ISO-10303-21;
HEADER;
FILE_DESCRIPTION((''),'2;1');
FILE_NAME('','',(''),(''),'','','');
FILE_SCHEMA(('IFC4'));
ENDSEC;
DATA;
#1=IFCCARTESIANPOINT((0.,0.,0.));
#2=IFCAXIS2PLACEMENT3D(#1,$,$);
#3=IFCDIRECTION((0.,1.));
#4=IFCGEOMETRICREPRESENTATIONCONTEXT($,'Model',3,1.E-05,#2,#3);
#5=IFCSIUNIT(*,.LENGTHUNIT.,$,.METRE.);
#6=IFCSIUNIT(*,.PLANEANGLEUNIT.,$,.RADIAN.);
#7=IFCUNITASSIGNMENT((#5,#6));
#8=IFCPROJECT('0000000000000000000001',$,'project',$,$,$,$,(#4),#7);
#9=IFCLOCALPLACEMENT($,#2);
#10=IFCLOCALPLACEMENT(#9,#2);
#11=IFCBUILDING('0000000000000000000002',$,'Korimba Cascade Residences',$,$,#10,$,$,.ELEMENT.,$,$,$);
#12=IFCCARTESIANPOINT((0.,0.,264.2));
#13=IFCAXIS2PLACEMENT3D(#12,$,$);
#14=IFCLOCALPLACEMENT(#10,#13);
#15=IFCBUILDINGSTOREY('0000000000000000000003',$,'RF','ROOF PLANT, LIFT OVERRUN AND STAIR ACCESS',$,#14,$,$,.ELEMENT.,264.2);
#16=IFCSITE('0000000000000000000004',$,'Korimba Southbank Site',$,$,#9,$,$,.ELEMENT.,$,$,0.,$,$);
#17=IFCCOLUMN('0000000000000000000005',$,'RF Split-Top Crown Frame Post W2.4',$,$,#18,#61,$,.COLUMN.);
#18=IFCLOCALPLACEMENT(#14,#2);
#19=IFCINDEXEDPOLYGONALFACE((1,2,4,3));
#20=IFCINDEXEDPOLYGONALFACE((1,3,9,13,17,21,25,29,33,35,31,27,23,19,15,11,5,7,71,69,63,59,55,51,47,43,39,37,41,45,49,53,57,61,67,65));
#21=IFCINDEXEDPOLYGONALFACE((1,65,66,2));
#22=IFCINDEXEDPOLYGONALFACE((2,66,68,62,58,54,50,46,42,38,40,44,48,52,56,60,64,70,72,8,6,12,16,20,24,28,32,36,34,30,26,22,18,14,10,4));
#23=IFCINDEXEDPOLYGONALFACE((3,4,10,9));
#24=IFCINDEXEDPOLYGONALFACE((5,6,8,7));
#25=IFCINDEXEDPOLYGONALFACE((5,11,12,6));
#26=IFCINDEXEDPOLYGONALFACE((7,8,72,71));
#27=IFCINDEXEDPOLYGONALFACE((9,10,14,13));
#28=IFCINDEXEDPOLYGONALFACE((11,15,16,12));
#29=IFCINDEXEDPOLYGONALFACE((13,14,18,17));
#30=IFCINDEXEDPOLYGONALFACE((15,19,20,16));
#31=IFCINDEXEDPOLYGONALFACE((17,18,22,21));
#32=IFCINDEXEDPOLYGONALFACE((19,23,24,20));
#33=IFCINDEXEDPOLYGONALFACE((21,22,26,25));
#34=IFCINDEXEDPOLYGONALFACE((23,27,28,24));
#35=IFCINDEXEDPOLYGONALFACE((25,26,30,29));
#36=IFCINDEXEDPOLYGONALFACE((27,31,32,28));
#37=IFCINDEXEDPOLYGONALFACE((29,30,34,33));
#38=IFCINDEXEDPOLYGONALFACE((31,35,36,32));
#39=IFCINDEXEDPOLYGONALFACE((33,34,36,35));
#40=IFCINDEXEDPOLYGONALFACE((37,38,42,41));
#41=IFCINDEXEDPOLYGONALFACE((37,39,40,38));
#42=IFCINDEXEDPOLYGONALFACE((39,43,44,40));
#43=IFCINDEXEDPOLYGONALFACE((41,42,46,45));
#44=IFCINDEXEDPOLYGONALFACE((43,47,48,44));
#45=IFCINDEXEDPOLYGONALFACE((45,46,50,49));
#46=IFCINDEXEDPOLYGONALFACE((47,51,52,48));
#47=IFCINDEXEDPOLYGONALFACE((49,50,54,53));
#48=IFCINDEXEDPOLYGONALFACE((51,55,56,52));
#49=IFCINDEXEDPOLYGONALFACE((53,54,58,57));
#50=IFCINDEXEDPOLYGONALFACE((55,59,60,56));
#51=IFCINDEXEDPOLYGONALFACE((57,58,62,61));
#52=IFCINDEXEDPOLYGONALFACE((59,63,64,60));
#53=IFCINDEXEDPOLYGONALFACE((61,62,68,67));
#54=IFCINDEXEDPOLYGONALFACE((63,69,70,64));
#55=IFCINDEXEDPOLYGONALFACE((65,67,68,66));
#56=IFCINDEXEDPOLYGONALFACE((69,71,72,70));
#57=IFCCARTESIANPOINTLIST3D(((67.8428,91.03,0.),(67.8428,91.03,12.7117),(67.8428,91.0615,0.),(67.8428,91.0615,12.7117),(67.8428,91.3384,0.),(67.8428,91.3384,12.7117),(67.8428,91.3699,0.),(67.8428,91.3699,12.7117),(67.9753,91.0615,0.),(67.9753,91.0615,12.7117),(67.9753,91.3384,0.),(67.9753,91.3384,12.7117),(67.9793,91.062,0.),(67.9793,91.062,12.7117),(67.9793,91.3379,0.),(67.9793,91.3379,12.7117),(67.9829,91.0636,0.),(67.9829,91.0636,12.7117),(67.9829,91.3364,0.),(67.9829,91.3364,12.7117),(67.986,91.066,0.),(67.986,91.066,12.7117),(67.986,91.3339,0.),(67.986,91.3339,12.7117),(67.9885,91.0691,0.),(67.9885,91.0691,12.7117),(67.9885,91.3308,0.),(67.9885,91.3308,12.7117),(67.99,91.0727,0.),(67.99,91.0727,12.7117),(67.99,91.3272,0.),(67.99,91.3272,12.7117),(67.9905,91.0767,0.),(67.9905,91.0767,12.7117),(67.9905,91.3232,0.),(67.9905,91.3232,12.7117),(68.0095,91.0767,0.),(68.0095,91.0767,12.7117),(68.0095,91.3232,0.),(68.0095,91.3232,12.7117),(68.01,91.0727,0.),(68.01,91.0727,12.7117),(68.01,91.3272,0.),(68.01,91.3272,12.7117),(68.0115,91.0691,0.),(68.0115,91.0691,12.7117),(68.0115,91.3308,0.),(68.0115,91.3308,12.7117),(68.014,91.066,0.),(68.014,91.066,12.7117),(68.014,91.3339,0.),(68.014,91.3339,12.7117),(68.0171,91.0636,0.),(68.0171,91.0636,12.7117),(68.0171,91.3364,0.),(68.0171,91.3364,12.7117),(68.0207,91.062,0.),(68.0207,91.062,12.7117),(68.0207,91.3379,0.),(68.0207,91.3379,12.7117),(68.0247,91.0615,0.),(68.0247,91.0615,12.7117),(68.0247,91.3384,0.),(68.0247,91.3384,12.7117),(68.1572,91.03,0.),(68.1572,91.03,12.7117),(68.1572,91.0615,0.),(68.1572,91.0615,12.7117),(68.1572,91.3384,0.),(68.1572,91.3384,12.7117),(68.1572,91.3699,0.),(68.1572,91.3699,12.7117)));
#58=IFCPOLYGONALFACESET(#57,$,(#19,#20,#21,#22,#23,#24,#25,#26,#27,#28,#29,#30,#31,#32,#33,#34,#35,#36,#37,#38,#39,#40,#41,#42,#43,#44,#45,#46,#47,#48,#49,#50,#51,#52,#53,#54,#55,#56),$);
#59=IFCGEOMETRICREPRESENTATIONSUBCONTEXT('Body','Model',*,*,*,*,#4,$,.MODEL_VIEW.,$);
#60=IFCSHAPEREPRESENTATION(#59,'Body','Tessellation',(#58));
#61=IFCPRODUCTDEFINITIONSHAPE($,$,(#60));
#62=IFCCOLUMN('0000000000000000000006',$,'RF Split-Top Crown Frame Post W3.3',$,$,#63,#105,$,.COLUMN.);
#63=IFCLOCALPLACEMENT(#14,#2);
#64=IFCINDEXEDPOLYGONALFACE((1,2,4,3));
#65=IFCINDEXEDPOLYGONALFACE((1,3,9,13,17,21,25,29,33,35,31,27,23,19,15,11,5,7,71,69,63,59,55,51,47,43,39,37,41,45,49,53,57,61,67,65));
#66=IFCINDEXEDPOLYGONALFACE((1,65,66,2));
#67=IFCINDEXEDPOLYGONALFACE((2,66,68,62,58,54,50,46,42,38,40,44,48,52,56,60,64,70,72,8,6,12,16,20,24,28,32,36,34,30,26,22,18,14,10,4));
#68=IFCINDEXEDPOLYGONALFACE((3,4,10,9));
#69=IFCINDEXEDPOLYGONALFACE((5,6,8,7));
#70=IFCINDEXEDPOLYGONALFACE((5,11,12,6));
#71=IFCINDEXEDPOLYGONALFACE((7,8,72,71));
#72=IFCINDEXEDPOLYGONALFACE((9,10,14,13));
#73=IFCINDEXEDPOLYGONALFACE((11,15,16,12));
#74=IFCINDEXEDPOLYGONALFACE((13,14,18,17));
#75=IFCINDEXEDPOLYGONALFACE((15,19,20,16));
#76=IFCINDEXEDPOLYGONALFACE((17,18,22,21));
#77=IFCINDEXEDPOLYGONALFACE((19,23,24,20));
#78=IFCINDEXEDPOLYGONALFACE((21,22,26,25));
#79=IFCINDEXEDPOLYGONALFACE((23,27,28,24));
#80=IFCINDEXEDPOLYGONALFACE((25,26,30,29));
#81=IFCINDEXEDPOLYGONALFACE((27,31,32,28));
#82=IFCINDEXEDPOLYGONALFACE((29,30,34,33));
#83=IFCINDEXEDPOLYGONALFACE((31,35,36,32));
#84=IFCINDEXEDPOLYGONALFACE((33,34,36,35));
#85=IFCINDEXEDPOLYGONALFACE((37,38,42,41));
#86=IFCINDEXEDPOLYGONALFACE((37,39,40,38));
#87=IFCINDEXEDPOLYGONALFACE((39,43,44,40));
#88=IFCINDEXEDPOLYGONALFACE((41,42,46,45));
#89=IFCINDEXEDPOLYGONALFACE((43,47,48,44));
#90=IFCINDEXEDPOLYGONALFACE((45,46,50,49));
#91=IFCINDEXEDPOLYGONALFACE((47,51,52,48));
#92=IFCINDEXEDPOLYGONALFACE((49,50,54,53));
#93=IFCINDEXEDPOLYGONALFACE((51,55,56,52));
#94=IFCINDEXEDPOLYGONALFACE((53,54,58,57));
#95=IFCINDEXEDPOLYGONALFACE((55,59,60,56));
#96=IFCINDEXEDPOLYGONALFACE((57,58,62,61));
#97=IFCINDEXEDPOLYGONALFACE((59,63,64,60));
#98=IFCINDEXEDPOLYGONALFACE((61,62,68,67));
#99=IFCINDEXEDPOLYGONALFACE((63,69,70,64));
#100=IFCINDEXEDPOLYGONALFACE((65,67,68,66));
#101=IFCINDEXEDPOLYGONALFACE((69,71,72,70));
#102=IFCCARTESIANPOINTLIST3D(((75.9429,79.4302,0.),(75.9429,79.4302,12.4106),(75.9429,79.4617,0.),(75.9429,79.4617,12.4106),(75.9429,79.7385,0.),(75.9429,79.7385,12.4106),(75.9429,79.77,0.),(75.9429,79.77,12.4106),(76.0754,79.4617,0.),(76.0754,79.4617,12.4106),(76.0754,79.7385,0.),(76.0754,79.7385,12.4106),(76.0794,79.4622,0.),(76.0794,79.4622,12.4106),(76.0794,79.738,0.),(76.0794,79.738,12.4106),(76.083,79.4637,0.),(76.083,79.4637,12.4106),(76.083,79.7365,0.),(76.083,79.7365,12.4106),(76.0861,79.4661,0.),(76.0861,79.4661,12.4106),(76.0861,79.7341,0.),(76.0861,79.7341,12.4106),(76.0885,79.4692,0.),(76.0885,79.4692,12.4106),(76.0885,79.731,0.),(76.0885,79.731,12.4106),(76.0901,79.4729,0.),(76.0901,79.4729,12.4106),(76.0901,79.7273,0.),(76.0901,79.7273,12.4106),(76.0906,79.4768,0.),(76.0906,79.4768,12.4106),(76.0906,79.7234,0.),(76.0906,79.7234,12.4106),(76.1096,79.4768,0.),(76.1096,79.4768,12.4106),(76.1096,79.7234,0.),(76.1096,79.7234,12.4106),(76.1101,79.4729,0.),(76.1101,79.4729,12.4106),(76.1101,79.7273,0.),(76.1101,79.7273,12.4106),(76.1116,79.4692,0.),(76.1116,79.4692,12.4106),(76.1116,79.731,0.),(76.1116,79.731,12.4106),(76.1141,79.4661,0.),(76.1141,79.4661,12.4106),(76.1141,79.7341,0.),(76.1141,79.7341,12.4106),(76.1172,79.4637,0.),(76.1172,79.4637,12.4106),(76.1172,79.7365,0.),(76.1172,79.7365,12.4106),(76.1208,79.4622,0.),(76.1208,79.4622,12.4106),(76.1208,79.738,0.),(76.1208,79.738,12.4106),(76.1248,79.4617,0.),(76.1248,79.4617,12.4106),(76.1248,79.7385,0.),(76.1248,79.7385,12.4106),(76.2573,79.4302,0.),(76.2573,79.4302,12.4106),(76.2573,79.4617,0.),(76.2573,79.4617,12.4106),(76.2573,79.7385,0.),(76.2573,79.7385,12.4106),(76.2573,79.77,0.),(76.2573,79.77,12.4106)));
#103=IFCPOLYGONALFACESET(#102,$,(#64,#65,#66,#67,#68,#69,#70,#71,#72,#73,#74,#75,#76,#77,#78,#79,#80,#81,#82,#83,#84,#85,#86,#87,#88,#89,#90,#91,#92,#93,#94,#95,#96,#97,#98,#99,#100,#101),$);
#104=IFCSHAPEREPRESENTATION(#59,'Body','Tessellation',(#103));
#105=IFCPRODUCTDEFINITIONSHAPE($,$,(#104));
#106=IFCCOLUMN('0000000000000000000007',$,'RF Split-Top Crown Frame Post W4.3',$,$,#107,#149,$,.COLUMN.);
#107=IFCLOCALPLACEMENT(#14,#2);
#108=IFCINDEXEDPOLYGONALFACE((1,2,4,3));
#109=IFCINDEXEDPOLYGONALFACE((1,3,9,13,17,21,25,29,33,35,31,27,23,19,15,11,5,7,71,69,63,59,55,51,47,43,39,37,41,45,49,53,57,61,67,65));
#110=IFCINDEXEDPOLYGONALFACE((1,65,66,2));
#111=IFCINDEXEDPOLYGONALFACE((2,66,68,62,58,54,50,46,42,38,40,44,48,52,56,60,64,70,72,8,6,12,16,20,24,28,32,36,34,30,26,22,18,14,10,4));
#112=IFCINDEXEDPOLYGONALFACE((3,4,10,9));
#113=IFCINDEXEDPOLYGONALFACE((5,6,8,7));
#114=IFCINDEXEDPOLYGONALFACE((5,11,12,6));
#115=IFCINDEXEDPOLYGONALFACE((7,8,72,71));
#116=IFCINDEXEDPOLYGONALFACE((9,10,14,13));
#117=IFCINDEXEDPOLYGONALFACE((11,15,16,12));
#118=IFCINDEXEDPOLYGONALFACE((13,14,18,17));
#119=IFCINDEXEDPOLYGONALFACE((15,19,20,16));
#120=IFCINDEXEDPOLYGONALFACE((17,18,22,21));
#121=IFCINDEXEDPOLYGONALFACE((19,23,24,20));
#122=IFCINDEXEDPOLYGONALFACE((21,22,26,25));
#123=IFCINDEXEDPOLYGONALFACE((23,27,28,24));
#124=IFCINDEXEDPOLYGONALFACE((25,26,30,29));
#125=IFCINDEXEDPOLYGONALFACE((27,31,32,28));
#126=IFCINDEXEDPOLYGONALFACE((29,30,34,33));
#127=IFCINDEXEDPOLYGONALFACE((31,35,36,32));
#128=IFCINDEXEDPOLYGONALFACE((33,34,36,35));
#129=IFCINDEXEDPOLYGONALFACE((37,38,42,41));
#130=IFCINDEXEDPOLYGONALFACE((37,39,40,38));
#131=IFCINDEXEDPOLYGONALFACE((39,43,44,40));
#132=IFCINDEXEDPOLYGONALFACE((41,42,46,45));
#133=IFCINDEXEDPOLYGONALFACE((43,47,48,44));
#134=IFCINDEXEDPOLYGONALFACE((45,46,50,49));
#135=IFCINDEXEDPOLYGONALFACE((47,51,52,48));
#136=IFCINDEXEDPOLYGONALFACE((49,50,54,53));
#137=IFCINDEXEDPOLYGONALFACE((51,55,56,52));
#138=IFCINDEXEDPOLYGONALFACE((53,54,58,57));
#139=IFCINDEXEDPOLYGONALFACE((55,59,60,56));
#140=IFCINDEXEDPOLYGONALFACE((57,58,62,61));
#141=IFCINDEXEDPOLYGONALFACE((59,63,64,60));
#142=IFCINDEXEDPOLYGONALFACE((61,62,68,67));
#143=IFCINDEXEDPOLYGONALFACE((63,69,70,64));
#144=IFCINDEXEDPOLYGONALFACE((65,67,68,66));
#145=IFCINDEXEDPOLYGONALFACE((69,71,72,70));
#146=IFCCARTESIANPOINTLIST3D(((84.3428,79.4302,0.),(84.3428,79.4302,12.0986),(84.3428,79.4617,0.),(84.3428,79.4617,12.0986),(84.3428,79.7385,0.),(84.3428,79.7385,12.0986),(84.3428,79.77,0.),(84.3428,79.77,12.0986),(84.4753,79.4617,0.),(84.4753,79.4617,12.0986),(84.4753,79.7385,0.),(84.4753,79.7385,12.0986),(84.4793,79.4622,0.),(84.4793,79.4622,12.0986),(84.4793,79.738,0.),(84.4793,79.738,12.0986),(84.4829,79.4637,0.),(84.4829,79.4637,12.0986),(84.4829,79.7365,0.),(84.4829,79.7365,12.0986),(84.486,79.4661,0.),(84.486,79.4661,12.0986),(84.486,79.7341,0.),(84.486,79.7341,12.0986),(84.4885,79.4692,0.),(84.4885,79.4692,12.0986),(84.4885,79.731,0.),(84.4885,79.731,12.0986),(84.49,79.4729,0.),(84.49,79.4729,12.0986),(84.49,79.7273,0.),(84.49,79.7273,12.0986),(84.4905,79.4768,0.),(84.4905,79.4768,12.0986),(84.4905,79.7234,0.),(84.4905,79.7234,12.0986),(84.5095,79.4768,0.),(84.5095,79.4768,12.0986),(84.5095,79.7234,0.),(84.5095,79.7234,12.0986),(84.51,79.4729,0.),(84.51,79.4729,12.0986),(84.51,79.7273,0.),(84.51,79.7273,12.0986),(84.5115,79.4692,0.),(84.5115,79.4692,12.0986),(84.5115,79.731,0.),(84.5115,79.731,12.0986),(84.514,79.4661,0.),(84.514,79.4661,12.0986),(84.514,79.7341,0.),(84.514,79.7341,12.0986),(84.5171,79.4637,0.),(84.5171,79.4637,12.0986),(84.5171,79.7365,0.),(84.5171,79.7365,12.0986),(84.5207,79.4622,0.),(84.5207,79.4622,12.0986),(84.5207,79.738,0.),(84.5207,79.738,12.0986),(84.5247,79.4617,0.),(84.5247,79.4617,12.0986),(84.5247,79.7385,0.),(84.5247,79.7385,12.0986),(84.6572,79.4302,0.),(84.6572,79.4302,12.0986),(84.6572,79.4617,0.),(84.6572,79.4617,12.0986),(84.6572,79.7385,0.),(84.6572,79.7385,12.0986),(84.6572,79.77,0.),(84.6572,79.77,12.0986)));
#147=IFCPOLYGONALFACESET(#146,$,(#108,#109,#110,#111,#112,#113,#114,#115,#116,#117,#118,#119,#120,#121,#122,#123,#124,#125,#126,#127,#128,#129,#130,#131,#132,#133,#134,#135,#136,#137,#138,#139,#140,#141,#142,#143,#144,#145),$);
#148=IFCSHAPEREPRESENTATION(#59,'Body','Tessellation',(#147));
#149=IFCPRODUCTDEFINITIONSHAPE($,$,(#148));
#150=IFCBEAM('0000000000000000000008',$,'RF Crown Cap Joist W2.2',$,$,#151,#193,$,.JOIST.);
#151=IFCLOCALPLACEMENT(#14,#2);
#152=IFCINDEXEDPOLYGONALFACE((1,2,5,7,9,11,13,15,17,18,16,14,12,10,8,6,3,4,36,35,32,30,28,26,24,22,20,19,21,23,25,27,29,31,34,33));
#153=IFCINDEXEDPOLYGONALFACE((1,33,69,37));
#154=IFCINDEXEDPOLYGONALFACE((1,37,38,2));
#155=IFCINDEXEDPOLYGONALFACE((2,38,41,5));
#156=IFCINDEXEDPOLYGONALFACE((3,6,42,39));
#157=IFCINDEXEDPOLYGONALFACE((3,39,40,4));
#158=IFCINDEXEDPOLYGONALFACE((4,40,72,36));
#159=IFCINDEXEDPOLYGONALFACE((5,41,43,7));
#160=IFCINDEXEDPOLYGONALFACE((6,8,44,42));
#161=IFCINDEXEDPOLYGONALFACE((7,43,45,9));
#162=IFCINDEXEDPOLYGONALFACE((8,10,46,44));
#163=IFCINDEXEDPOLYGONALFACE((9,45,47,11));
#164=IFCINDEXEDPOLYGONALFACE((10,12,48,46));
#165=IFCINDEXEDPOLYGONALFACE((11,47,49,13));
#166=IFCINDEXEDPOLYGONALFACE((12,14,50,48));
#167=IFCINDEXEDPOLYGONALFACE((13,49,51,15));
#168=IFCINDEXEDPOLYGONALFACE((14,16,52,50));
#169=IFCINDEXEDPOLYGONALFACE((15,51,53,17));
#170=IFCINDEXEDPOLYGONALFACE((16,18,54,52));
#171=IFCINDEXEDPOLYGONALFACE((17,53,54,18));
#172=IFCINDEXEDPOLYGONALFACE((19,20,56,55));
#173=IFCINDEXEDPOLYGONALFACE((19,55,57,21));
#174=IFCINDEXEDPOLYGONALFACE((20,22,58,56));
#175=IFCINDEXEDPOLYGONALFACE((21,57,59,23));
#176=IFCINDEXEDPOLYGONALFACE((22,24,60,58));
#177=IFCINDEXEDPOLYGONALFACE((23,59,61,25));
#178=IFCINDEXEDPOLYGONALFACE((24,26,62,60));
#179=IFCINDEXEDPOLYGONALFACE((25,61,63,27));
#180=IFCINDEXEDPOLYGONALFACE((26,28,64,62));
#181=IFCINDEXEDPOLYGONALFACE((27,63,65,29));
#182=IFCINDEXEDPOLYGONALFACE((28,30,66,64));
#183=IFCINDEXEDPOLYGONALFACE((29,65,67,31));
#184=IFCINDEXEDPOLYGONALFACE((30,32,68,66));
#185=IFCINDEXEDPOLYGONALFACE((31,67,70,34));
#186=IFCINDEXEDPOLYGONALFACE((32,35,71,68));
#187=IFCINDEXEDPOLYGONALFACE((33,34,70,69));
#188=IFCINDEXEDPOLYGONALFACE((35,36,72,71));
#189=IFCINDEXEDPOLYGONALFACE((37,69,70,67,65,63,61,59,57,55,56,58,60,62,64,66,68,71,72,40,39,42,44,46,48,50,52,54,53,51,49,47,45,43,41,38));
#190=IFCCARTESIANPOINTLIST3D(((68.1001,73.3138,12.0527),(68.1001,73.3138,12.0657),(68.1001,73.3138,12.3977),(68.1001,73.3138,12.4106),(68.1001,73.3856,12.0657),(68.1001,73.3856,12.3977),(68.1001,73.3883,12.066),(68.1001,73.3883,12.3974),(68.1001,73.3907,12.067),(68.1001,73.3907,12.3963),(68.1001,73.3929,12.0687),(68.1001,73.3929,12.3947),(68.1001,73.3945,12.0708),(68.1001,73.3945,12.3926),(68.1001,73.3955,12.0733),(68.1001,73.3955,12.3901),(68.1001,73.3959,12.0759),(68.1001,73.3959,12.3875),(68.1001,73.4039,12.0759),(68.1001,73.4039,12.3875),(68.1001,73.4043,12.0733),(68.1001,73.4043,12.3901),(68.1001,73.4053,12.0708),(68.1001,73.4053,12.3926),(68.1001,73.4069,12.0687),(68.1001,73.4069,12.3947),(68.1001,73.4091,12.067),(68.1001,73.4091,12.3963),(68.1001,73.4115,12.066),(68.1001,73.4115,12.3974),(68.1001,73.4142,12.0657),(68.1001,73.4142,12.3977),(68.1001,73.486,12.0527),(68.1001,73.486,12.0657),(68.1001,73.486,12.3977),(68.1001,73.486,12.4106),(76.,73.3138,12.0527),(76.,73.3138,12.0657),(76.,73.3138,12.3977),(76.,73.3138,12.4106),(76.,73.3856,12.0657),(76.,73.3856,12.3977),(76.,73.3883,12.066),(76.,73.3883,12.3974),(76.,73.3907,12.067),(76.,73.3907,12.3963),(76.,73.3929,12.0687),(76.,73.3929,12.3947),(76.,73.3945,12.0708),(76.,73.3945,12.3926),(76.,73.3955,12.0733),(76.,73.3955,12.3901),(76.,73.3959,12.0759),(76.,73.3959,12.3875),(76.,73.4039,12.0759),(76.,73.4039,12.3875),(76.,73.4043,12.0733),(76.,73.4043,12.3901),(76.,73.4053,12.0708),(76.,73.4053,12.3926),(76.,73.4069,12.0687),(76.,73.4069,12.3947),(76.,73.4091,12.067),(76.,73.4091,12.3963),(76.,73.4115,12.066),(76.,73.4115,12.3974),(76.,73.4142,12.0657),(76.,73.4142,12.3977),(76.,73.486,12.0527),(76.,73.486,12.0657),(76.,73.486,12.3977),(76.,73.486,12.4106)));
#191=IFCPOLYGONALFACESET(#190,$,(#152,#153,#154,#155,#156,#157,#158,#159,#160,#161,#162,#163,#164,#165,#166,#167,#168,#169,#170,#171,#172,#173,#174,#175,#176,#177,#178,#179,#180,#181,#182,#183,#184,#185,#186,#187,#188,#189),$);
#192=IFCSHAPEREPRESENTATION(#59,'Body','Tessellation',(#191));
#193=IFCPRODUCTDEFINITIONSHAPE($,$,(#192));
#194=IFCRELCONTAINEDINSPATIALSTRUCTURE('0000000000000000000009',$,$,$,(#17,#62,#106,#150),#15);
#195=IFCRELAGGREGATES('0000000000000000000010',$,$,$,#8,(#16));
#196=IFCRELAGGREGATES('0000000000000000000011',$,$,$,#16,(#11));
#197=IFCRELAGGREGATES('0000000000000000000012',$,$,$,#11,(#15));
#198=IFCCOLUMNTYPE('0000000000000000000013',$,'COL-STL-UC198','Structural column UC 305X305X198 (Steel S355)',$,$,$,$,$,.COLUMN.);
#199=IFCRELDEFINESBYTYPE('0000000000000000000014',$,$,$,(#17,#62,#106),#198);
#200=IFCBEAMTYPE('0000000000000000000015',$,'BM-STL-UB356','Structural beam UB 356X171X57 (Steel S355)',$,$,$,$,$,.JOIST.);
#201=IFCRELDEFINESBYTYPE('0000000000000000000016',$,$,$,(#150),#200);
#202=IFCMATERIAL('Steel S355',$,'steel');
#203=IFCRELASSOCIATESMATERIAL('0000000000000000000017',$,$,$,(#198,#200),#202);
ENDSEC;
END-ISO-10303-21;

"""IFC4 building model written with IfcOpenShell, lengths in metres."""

from ifc_helpers import new_model, si_unit, direction, frame, origin, origin_2d, place, context, subcontext, project, spatial, i_section, extrude, material, material_profile, profile_set, type_object, element, save


model = new_model("IFC4")

# Units and contexts
model_context = context("Model", 3, precision=1e-05, world=origin(), true_north=direction((0.0, 1.0)))
body_context = subcontext(model_context, "Body", "Model", "MODEL_VIEW")
ifc_project = project(units=[si_unit("LENGTHUNIT", "METRE"), si_unit("PLANEANGLEUNIT", "RADIAN")], contexts=[model_context])

# Site, building, storey
site_placement = place(None, origin())
site = spatial("IfcSite", under=ifc_project, at=site_placement, Name="Korimba Southbank Site", CompositionType="ELEMENT", RefElevation=0.0)
building_placement = place(site_placement, origin())
building = spatial("IfcBuilding", under=site, at=building_placement, Name="Korimba Cascade Residences", CompositionType="ELEMENT")
storey_placement = place(building_placement, frame((0.0, 0.0, 264.2)))
storey = spatial("IfcBuildingStorey", under=building, at=storey_placement, Name="RF", Description="ROOF PLANT, LIFT OVERRUN AND STAIR ACCESS", CompositionType="ELEMENT", Elevation=264.2)

# Columns
ifc_material_1 = material(Name="Steel S355", Category="steel")
ifc_material_profile_1 = material_profile(ifc_material_1, i_section(OverallWidth=0.3145, OverallDepth=0.3398, WebThickness=0.019, FlangeThickness=0.0315, FilletRadius=0.0151, at=origin_2d()), Name="Steel S355")
ifc_profile_set_1 = profile_set([ifc_material_profile_1], Name="Steel S355")
column_type = type_object("IfcColumnType", Name="COL-STL-UC198", Description="Structural column UC 305X305X198 (Steel S355)", PredefinedType="COLUMN", material=ifc_profile_set_1)
column_1_placement = place(storey_placement, frame((68.0, 91.2, 0.0), z_axis=(0.0, 0.0, 1.0), x_axis=(1.0, 0.0, 0.0)))
element("IfcColumn", 1, at=column_1_placement, inside=storey, type_object=column_type, Name="RF Split-Top Crown Frame Post W2.4", PredefinedType="COLUMN", context=body_context, shape_type="SweptSolid", body=[
    extrude(i_section(OverallWidth=0.3145, OverallDepth=0.3398, WebThickness=0.019, FlangeThickness=0.0315, FilletRadius=0.0151, at=origin_2d()), origin(), (0.0, 0.0, 1.0), 12.7117),
])
column_2_placement = place(storey_placement, frame((76.1001, 79.6001, 0.0), z_axis=(0.0, 0.0, 1.0), x_axis=(1.0, 0.0, 0.0)))
element("IfcColumn", 2, at=column_2_placement, inside=storey, type_object=column_type, Name="RF Split-Top Crown Frame Post W3.3", PredefinedType="COLUMN", context=body_context, shape_type="SweptSolid", body=[
    extrude(i_section(OverallWidth=0.3145, OverallDepth=0.3398, WebThickness=0.019, FlangeThickness=0.0315, FilletRadius=0.0151, at=origin_2d()), origin(), (0.0, 0.0, 1.0), 12.4106),
])
column_3_placement = place(storey_placement, frame((84.5, 79.6001, 0.0), z_axis=(0.0, 0.0, 1.0), x_axis=(1.0, 0.0, 0.0)))
element("IfcColumn", 3, at=column_3_placement, inside=storey, type_object=column_type, Name="RF Split-Top Crown Frame Post W4.3", PredefinedType="COLUMN", context=body_context, shape_type="SweptSolid", body=[
    extrude(i_section(OverallWidth=0.3145, OverallDepth=0.3398, WebThickness=0.019, FlangeThickness=0.0315, FilletRadius=0.0151, at=origin_2d()), origin(), (0.0, 0.0, 1.0), 12.0986),
])

# Beam
ifc_material_profile_2 = material_profile(ifc_material_1, i_section(OverallWidth=0.1721, OverallDepth=0.3579, WebThickness=0.0081, FlangeThickness=0.0129, FilletRadius=0.0103, at=origin_2d()), Name="Steel S355")
ifc_profile_set_2 = profile_set([ifc_material_profile_2], Name="Steel S355")
beam_type_1 = type_object("IfcBeamType", Name="BM-STL-UB356", Description="Structural beam UB 356X171X57 (Steel S355)", PredefinedType="JOIST", material=ifc_profile_set_2)
beam_1_placement = place(storey_placement, frame((68.1001, 73.3999, 12.2317), z_axis=(1.0, 0.0, 0.0), x_axis=(0.0, 1.0, 0.0)))
element("IfcBeam", 4, at=beam_1_placement, inside=storey, type_object=beam_type_1, Name="RF Crown Cap Joist W2.2", PredefinedType="JOIST", context=body_context, shape_type="SweptSolid", body=[
    extrude(i_section(OverallWidth=0.1721, OverallDepth=0.3579, WebThickness=0.0081, FlangeThickness=0.0129, FilletRadius=0.0103, at=origin_2d()), origin(), (0.0, 0.0, 1.0), 7.8999),
])

save(model, "model.ifc")
